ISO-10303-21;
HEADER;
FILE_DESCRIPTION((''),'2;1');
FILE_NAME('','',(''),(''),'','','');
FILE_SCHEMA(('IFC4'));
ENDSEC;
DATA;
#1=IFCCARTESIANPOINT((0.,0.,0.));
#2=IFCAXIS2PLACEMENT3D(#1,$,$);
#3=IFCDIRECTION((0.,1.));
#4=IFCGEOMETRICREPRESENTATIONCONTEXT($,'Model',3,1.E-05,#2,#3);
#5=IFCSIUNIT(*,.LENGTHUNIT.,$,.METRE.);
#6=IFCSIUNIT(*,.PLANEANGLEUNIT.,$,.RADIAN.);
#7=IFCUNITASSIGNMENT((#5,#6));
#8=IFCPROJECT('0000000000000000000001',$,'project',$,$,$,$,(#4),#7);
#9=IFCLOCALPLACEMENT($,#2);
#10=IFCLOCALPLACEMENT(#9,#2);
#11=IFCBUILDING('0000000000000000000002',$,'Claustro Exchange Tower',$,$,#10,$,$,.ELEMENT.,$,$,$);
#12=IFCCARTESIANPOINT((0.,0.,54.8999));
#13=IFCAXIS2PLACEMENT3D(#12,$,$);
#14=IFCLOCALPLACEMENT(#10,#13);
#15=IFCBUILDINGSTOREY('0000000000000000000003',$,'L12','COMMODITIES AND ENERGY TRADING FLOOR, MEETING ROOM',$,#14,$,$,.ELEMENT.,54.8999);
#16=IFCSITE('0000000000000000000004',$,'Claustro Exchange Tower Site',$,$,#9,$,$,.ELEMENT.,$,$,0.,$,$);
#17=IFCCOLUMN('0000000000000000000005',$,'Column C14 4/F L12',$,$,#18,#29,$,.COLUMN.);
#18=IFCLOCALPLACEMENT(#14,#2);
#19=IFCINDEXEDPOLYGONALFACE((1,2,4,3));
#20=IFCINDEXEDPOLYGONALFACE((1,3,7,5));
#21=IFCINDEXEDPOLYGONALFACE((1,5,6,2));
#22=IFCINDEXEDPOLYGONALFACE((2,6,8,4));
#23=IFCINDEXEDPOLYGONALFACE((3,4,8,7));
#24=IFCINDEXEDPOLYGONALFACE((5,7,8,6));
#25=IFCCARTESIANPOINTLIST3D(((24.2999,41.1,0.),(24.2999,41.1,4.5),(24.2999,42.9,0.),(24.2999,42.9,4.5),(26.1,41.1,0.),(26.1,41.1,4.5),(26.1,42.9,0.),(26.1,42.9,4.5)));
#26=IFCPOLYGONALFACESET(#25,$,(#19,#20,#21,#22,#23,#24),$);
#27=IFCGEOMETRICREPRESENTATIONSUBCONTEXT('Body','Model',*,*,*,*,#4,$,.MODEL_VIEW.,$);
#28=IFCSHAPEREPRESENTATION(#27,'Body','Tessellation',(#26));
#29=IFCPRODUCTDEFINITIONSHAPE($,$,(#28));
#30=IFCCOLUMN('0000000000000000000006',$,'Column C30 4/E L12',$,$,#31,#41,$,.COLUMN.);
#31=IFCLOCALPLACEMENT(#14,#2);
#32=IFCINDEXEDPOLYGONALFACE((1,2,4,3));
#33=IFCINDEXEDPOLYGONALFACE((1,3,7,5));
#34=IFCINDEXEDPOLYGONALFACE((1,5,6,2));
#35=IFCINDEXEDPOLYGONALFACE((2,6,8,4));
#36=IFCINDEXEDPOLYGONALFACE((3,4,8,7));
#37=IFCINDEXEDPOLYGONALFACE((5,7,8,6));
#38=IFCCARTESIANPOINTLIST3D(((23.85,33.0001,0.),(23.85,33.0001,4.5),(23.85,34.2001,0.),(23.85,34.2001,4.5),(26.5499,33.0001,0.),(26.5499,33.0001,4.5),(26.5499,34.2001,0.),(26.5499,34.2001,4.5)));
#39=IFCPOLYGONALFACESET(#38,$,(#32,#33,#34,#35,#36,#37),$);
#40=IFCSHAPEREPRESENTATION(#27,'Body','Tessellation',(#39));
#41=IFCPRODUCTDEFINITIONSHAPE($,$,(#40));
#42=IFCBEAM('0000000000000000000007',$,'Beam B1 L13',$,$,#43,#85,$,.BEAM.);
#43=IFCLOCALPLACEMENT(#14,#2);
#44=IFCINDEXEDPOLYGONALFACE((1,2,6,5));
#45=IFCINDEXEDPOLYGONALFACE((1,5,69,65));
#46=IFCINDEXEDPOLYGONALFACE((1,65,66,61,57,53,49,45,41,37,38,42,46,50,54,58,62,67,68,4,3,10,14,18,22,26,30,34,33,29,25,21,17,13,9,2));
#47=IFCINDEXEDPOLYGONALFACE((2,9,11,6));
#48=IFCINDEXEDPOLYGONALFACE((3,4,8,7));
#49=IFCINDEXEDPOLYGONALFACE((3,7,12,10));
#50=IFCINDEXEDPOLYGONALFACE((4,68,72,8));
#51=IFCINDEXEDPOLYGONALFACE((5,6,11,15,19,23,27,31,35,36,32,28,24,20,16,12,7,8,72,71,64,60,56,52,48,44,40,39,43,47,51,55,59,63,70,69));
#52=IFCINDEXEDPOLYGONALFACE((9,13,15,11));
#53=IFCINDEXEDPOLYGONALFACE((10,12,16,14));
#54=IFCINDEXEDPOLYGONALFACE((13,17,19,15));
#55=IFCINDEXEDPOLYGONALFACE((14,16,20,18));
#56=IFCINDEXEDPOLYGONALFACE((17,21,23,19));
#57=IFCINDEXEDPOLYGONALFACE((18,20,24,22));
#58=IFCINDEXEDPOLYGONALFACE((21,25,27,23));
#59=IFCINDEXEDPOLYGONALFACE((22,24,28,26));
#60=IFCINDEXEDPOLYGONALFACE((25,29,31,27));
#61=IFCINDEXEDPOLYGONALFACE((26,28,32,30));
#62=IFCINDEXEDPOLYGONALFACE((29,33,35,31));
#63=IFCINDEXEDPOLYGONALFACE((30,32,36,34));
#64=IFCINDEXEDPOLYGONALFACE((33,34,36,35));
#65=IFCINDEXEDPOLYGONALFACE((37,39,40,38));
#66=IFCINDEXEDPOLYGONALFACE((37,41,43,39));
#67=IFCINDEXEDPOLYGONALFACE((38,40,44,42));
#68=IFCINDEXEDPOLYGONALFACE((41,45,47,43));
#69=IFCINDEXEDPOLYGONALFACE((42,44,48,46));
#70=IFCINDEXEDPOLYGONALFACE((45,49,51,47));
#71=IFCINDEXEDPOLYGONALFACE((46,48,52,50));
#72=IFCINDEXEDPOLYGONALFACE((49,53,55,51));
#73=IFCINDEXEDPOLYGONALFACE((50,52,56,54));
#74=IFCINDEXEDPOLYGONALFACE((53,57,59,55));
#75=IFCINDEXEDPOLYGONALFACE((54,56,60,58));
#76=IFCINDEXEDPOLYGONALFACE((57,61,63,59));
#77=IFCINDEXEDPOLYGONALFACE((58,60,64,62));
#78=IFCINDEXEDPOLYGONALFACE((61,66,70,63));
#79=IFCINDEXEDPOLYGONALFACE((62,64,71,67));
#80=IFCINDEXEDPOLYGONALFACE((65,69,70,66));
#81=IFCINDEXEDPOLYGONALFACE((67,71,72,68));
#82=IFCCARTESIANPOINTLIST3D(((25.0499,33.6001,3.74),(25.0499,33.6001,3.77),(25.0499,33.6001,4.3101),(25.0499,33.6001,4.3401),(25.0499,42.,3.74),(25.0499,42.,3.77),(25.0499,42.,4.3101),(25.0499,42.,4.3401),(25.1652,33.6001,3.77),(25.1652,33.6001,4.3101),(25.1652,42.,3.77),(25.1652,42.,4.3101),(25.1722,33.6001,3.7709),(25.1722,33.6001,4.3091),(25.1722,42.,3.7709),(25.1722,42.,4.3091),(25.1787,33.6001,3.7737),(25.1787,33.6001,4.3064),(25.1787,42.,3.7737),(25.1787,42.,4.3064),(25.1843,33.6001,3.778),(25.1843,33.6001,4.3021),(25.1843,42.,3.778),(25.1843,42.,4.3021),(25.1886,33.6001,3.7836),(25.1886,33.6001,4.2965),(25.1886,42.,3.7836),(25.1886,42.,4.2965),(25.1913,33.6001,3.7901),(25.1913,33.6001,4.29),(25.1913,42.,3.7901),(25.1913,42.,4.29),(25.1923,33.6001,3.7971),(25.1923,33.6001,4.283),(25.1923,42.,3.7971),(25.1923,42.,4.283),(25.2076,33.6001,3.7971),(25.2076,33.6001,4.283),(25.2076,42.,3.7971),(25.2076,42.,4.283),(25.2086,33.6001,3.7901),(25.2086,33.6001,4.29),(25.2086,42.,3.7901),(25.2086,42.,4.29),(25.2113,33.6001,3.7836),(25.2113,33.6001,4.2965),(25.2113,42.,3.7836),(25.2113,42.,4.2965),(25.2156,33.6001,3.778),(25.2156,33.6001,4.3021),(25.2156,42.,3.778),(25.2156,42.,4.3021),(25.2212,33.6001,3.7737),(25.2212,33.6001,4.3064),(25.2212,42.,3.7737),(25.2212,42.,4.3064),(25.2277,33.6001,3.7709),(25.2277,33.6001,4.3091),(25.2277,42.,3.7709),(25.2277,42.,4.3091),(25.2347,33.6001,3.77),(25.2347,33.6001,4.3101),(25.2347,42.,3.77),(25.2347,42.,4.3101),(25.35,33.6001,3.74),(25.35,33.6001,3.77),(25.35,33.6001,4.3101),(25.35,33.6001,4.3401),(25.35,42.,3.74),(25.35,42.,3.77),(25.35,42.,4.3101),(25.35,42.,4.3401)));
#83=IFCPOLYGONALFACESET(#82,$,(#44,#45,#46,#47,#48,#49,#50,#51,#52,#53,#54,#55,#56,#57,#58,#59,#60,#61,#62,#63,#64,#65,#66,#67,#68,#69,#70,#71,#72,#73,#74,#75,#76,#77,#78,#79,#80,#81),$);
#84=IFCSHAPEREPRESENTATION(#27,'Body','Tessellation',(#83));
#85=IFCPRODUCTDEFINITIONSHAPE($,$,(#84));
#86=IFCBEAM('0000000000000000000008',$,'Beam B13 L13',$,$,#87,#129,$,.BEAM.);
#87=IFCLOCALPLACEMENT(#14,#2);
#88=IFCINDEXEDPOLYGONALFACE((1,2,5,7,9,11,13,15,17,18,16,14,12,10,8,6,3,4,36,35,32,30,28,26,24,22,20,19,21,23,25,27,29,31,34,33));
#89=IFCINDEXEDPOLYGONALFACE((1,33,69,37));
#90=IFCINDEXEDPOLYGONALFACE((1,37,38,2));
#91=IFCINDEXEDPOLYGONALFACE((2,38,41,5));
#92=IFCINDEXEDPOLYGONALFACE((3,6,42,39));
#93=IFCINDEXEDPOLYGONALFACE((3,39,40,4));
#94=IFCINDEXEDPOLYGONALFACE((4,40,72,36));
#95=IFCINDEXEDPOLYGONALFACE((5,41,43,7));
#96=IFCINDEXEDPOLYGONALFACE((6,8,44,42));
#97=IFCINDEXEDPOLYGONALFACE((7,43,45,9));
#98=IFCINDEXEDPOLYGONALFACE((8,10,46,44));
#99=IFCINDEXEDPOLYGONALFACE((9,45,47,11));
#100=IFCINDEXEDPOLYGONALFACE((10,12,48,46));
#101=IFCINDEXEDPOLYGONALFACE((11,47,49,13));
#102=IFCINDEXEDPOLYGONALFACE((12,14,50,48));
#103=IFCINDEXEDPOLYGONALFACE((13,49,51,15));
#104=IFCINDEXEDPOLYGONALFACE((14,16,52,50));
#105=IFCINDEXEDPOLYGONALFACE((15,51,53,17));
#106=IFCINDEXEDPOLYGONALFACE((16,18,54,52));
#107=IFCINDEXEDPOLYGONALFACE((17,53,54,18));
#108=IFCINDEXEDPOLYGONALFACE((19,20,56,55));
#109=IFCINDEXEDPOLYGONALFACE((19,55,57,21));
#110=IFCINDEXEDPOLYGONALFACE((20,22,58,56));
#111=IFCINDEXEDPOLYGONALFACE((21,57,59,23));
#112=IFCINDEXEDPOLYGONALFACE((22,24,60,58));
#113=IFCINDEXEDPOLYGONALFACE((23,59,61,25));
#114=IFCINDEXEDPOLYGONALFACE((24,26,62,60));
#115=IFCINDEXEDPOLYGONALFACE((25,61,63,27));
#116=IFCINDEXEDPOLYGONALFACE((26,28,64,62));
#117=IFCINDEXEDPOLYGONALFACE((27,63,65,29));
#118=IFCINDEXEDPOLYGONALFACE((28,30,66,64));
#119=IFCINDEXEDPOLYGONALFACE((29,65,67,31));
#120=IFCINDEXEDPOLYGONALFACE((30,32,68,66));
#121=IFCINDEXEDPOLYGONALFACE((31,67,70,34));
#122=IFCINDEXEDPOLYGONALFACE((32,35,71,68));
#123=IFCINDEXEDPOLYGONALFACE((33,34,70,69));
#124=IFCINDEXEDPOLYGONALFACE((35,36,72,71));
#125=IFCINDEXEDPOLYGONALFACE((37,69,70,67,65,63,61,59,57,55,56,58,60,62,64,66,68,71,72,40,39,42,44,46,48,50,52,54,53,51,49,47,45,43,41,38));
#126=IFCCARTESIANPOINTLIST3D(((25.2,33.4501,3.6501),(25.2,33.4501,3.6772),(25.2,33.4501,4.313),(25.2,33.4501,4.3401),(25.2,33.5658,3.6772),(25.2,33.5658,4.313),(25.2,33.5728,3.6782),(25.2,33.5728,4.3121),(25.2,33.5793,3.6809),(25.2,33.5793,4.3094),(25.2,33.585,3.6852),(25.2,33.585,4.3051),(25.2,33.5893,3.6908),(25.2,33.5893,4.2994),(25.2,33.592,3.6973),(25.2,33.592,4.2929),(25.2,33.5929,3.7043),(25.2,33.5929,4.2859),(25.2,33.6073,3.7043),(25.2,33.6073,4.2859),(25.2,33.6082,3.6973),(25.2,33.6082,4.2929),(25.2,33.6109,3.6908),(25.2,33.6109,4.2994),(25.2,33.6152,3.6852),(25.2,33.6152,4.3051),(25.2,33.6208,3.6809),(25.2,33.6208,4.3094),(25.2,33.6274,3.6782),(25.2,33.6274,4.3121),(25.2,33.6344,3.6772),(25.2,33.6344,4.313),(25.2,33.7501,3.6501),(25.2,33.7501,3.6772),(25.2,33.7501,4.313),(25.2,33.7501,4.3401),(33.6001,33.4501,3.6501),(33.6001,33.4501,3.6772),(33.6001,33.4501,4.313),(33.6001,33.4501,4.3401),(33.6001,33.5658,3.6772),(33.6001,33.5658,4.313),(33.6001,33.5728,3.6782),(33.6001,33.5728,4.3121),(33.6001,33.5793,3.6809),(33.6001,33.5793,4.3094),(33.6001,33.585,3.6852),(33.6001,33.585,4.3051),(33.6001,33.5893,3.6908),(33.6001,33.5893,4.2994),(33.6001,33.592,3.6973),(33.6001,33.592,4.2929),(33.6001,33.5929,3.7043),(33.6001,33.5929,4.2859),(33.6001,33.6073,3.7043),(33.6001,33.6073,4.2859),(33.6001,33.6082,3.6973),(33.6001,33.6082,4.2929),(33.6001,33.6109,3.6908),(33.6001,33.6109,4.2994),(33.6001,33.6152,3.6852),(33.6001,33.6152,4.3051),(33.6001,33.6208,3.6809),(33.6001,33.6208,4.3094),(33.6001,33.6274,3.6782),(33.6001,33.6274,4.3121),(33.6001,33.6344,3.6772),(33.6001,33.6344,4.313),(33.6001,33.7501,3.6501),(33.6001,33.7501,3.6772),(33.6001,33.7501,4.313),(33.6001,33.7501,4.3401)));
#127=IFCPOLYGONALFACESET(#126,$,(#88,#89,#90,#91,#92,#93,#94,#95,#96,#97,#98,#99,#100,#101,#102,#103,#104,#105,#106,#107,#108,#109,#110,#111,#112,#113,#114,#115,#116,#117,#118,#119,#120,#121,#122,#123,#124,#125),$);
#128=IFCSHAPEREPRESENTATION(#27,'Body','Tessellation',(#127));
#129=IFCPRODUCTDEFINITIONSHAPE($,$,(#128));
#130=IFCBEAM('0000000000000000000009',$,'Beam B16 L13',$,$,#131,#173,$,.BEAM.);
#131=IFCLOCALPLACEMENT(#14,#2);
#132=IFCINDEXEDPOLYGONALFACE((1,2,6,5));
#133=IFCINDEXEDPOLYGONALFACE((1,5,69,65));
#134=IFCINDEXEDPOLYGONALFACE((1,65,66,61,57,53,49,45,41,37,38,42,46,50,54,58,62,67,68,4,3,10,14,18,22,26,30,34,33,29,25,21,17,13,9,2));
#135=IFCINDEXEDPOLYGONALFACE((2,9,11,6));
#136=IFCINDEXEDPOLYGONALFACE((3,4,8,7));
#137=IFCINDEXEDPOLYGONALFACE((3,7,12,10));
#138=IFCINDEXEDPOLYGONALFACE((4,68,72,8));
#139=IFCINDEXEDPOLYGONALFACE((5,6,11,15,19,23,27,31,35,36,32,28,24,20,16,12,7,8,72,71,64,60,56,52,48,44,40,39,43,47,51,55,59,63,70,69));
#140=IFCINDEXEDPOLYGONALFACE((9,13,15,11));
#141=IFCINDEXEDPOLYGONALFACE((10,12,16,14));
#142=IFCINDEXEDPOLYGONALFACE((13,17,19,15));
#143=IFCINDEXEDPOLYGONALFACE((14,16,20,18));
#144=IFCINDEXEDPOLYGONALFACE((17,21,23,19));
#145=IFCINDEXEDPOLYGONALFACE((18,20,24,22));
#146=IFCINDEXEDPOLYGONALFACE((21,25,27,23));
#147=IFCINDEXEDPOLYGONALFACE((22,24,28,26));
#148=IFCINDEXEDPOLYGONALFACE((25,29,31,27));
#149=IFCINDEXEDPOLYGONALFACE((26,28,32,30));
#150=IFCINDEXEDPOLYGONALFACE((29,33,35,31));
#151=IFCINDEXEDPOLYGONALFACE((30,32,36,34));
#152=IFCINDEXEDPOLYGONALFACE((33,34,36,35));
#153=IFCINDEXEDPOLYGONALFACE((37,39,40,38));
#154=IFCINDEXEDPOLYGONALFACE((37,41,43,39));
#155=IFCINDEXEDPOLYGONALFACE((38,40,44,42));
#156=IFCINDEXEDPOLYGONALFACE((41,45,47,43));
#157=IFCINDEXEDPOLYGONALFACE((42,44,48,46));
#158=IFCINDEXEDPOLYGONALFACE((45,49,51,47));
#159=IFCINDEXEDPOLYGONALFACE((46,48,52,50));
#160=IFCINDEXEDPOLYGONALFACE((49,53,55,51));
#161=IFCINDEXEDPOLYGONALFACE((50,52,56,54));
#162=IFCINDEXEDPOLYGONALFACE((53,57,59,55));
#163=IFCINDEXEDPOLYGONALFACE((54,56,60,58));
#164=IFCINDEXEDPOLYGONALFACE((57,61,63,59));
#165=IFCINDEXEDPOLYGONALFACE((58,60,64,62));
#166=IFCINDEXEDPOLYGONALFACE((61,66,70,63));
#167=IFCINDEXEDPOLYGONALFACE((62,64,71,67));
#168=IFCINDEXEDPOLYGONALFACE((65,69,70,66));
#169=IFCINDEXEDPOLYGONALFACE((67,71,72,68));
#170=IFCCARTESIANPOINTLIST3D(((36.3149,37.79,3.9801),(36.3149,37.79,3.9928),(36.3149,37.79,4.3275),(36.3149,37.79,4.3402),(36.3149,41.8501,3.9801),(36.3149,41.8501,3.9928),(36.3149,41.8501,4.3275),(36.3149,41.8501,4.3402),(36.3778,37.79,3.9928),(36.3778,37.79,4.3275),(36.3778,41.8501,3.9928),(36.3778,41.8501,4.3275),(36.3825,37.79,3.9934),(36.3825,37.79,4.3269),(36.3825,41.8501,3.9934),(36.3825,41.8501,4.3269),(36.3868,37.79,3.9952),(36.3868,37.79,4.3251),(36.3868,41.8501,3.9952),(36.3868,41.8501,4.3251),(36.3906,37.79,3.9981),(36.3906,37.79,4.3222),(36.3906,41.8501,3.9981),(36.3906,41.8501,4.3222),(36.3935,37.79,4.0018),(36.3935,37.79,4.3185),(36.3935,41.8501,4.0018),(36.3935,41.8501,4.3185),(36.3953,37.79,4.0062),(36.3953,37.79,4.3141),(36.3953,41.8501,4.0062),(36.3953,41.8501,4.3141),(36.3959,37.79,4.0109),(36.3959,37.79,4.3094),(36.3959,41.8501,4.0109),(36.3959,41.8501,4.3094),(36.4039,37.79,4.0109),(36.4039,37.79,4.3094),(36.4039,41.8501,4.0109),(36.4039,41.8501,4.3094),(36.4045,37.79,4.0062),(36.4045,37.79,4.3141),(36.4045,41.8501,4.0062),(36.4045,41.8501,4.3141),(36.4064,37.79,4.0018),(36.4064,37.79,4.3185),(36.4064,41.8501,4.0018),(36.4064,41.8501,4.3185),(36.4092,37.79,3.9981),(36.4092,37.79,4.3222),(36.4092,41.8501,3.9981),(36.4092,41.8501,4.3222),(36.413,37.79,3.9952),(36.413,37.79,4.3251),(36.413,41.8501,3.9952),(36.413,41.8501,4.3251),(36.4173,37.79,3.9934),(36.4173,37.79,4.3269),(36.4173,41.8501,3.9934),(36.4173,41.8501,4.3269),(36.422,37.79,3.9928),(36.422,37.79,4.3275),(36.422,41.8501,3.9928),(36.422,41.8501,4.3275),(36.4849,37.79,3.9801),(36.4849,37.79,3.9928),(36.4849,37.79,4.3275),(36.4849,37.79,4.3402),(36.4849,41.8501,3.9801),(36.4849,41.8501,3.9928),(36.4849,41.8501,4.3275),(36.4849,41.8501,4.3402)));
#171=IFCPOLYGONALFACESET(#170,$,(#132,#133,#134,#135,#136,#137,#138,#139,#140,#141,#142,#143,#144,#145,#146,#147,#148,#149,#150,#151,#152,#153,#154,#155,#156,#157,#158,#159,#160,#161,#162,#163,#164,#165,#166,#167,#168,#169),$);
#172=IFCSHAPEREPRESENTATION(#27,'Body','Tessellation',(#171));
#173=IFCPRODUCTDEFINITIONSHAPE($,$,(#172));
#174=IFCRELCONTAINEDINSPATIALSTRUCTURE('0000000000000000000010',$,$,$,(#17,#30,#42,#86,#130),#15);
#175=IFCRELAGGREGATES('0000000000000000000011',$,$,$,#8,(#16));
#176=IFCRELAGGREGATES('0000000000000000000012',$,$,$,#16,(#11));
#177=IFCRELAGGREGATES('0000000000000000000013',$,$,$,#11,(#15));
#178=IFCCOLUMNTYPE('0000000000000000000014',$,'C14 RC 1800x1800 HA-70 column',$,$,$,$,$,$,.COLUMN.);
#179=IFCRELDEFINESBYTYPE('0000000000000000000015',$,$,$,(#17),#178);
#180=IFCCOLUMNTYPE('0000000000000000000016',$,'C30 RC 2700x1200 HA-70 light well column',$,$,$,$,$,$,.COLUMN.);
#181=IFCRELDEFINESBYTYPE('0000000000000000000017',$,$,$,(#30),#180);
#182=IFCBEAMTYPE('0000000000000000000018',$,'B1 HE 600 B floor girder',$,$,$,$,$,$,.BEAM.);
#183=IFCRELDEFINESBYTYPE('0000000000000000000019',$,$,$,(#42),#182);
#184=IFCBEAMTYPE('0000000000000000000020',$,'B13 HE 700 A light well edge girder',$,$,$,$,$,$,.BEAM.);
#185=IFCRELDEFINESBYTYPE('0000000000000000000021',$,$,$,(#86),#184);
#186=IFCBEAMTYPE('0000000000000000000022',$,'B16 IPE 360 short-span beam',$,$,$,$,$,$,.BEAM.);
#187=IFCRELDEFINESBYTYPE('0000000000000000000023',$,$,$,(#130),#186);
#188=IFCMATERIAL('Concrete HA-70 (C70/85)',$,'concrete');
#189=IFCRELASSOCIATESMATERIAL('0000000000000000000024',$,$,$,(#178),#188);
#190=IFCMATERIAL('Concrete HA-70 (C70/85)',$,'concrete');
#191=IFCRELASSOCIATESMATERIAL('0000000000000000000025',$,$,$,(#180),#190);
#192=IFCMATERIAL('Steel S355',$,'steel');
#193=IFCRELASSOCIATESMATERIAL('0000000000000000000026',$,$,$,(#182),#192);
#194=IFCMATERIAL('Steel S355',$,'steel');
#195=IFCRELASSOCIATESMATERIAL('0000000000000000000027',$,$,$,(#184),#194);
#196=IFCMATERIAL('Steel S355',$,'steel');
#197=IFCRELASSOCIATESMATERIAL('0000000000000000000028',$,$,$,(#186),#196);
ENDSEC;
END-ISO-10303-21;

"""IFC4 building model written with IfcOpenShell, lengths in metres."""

from ifc_helpers import new_model, si_unit, direction, frame, origin, origin_2d, place, context, subcontext, project, spatial, rectangle, i_section, extrude, material, material_profile, profile_set, type_object, element, save


model = new_model("IFC4")

# Units and contexts
model_context = context("Model", 3, precision=1e-05, world=origin(), true_north=direction((0.0, 1.0)))
body_context = subcontext(model_context, "Body", "Model", "MODEL_VIEW")
ifc_project = project(units=[si_unit("LENGTHUNIT", "METRE"), si_unit("PLANEANGLEUNIT", "RADIAN")], contexts=[model_context])

# Site, building, storey
site_placement = place(None, origin())
site = spatial("IfcSite", under=ifc_project, at=site_placement, Name="Claustro Exchange Tower Site", CompositionType="ELEMENT", RefElevation=0.0)
building_placement = place(site_placement, origin())
building = spatial("IfcBuilding", under=site, at=building_placement, Name="Claustro Exchange Tower", CompositionType="ELEMENT")
storey_placement = place(building_placement, frame((0.0, 0.0, 54.8999)))
storey = spatial("IfcBuildingStorey", under=building, at=storey_placement, Name="L12", Description="COMMODITIES AND ENERGY TRADING FLOOR, MEETING ROOM", CompositionType="ELEMENT", Elevation=54.8999)

# Columns
ifc_material_1 = material(Name="Concrete HA-70 (C70/85)", Category="concrete")
ifc_material_profile_1 = material_profile(ifc_material_1, rectangle(XDim=1.8, YDim=1.8, at=origin_2d()), Name="RC 1800x1800")
ifc_profile_set_1 = profile_set([ifc_material_profile_1], Name="Concrete HA-70 (C70/85)")
column_type_1 = type_object("IfcColumnType", Name="C14 RC 1800x1800 HA-70 column", PredefinedType="COLUMN", material=ifc_profile_set_1)
column_1_placement = place(storey_placement, frame((25.2, 42.0, 0.0), z_axis=(0.0, 0.0, 1.0), x_axis=(1.0, 0.0, 0.0)))
element("IfcColumn", 1, at=column_1_placement, inside=storey, type_object=column_type_1, Name="Column C14 4/F L12", PredefinedType="COLUMN", context=body_context, shape_type="SweptSolid", body=[
    extrude(rectangle(XDim=1.8, YDim=1.8, at=origin_2d()), origin(), (0.0, 0.0, 1.0), 4.5),
])
ifc_material_2 = material(Name="Concrete HA-70 (C70/85)", Category="concrete")
ifc_material_profile_2 = material_profile(ifc_material_2, rectangle(XDim=2.7, YDim=1.2, at=origin_2d()), Name="RC 2700x1200")
ifc_profile_set_2 = profile_set([ifc_material_profile_2], Name="Concrete HA-70 (C70/85)")
column_type_2 = type_object("IfcColumnType", Name="C30 RC 2700x1200 HA-70 light well column", PredefinedType="COLUMN", material=ifc_profile_set_2)
column_2_placement = place(storey_placement, frame((25.2, 33.6001, 0.0), z_axis=(0.0, 0.0, 1.0), x_axis=(1.0, 0.0, 0.0)))
element("IfcColumn", 2, at=column_2_placement, inside=storey, type_object=column_type_2, Name="Column C30 4/E L12", PredefinedType="COLUMN", context=body_context, shape_type="SweptSolid", body=[
    extrude(rectangle(XDim=2.7, YDim=1.2, at=origin_2d()), origin(), (0.0, 0.0, 1.0), 4.5),
])

# Beams
ifc_material_3 = material(Name="Steel S355", Category="steel")
ifc_material_profile_3 = material_profile(ifc_material_3, i_section(OverallWidth=0.3, OverallDepth=0.6001, WebThickness=0.0154, FlangeThickness=0.03, FilletRadius=0.0271, at=origin_2d()), Name="HE 600 B")
ifc_profile_set_3 = profile_set([ifc_material_profile_3], Name="Steel S355")
beam_type_1 = type_object("IfcBeamType", Name="B1 HE 600 B floor girder", PredefinedType="BEAM", material=ifc_profile_set_3)
beam_1_placement = place(storey_placement, frame((25.2, 33.6001, 4.04), z_axis=(0.0, 1.0, 0.0), x_axis=(-1.0, 0.0, 0.0)))
element("IfcBeam", 3, at=beam_1_placement, inside=storey, type_object=beam_type_1, Name="Beam B1 L13", PredefinedType="BEAM", context=body_context, shape_type="SweptSolid", body=[
    extrude(i_section(OverallWidth=0.3, OverallDepth=0.6001, WebThickness=0.0154, FlangeThickness=0.03, FilletRadius=0.0271, at=origin_2d()), origin(), (0.0, 0.0, 1.0), 8.3999),
])
ifc_material_4 = material(Name="Steel S355", Category="steel")
ifc_material_profile_4 = material_profile(ifc_material_4, i_section(OverallWidth=0.3, OverallDepth=0.6899, WebThickness=0.0144, FlangeThickness=0.0271, FilletRadius=0.0271, at=origin_2d()), Name="HE 700 A")
ifc_profile_set_4 = profile_set([ifc_material_profile_4], Name="Steel S355")
beam_type_2 = type_object("IfcBeamType", Name="B13 HE 700 A light well edge girder", PredefinedType="BEAM", material=ifc_profile_set_4)
beam_2_placement = place(storey_placement, frame((25.2, 33.6001, 3.9951), z_axis=(1.0, 0.0, 0.0), x_axis=(0.0, 1.0, 0.0)))
element("IfcBeam", 4, at=beam_2_placement, inside=storey, type_object=beam_type_2, Name="Beam B13 L13", PredefinedType="BEAM", context=body_context, shape_type="SweptSolid", body=[
    extrude(i_section(OverallWidth=0.3, OverallDepth=0.6899, WebThickness=0.0144, FlangeThickness=0.0271, FilletRadius=0.0271, at=origin_2d()), origin(), (0.0, 0.0, 1.0), 8.4001),
])
ifc_material_5 = material(Name="Steel S355", Category="steel")
ifc_material_profile_5 = material_profile(ifc_material_5, i_section(OverallWidth=0.1699, OverallDepth=0.3601, WebThickness=0.0081, FlangeThickness=0.0127, FilletRadius=0.0181, at=origin_2d()), Name="IPE 360")
ifc_profile_set_5 = profile_set([ifc_material_profile_5], Name="Steel S355")
beam_type_3 = type_object("IfcBeamType", Name="B16 IPE 360 short-span beam", PredefinedType="BEAM", material=ifc_profile_set_5)
for number, where, z_axis, x_axis, name in (
    (5, (36.3999, 37.79, 4.1602), (0.0, 1.0, 0.0), (-1.0, 0.0, 0.0), "Beam B16 L13"),
):
    element("IfcBeam", number, at=place(storey_placement, frame(where, z_axis=z_axis, x_axis=x_axis)), inside=storey, type_object=beam_type_3, Name=name, PredefinedType="BEAM", context=body_context, shape_type="SweptSolid", body=[
        extrude(i_section(OverallWidth=0.1699, OverallDepth=0.3601, WebThickness=0.0081, FlangeThickness=0.0127, FilletRadius=0.0181, at=origin_2d()), origin(), (0.0, 0.0, 1.0), 4.0601),
    ])

save(model, "model.ifc")
